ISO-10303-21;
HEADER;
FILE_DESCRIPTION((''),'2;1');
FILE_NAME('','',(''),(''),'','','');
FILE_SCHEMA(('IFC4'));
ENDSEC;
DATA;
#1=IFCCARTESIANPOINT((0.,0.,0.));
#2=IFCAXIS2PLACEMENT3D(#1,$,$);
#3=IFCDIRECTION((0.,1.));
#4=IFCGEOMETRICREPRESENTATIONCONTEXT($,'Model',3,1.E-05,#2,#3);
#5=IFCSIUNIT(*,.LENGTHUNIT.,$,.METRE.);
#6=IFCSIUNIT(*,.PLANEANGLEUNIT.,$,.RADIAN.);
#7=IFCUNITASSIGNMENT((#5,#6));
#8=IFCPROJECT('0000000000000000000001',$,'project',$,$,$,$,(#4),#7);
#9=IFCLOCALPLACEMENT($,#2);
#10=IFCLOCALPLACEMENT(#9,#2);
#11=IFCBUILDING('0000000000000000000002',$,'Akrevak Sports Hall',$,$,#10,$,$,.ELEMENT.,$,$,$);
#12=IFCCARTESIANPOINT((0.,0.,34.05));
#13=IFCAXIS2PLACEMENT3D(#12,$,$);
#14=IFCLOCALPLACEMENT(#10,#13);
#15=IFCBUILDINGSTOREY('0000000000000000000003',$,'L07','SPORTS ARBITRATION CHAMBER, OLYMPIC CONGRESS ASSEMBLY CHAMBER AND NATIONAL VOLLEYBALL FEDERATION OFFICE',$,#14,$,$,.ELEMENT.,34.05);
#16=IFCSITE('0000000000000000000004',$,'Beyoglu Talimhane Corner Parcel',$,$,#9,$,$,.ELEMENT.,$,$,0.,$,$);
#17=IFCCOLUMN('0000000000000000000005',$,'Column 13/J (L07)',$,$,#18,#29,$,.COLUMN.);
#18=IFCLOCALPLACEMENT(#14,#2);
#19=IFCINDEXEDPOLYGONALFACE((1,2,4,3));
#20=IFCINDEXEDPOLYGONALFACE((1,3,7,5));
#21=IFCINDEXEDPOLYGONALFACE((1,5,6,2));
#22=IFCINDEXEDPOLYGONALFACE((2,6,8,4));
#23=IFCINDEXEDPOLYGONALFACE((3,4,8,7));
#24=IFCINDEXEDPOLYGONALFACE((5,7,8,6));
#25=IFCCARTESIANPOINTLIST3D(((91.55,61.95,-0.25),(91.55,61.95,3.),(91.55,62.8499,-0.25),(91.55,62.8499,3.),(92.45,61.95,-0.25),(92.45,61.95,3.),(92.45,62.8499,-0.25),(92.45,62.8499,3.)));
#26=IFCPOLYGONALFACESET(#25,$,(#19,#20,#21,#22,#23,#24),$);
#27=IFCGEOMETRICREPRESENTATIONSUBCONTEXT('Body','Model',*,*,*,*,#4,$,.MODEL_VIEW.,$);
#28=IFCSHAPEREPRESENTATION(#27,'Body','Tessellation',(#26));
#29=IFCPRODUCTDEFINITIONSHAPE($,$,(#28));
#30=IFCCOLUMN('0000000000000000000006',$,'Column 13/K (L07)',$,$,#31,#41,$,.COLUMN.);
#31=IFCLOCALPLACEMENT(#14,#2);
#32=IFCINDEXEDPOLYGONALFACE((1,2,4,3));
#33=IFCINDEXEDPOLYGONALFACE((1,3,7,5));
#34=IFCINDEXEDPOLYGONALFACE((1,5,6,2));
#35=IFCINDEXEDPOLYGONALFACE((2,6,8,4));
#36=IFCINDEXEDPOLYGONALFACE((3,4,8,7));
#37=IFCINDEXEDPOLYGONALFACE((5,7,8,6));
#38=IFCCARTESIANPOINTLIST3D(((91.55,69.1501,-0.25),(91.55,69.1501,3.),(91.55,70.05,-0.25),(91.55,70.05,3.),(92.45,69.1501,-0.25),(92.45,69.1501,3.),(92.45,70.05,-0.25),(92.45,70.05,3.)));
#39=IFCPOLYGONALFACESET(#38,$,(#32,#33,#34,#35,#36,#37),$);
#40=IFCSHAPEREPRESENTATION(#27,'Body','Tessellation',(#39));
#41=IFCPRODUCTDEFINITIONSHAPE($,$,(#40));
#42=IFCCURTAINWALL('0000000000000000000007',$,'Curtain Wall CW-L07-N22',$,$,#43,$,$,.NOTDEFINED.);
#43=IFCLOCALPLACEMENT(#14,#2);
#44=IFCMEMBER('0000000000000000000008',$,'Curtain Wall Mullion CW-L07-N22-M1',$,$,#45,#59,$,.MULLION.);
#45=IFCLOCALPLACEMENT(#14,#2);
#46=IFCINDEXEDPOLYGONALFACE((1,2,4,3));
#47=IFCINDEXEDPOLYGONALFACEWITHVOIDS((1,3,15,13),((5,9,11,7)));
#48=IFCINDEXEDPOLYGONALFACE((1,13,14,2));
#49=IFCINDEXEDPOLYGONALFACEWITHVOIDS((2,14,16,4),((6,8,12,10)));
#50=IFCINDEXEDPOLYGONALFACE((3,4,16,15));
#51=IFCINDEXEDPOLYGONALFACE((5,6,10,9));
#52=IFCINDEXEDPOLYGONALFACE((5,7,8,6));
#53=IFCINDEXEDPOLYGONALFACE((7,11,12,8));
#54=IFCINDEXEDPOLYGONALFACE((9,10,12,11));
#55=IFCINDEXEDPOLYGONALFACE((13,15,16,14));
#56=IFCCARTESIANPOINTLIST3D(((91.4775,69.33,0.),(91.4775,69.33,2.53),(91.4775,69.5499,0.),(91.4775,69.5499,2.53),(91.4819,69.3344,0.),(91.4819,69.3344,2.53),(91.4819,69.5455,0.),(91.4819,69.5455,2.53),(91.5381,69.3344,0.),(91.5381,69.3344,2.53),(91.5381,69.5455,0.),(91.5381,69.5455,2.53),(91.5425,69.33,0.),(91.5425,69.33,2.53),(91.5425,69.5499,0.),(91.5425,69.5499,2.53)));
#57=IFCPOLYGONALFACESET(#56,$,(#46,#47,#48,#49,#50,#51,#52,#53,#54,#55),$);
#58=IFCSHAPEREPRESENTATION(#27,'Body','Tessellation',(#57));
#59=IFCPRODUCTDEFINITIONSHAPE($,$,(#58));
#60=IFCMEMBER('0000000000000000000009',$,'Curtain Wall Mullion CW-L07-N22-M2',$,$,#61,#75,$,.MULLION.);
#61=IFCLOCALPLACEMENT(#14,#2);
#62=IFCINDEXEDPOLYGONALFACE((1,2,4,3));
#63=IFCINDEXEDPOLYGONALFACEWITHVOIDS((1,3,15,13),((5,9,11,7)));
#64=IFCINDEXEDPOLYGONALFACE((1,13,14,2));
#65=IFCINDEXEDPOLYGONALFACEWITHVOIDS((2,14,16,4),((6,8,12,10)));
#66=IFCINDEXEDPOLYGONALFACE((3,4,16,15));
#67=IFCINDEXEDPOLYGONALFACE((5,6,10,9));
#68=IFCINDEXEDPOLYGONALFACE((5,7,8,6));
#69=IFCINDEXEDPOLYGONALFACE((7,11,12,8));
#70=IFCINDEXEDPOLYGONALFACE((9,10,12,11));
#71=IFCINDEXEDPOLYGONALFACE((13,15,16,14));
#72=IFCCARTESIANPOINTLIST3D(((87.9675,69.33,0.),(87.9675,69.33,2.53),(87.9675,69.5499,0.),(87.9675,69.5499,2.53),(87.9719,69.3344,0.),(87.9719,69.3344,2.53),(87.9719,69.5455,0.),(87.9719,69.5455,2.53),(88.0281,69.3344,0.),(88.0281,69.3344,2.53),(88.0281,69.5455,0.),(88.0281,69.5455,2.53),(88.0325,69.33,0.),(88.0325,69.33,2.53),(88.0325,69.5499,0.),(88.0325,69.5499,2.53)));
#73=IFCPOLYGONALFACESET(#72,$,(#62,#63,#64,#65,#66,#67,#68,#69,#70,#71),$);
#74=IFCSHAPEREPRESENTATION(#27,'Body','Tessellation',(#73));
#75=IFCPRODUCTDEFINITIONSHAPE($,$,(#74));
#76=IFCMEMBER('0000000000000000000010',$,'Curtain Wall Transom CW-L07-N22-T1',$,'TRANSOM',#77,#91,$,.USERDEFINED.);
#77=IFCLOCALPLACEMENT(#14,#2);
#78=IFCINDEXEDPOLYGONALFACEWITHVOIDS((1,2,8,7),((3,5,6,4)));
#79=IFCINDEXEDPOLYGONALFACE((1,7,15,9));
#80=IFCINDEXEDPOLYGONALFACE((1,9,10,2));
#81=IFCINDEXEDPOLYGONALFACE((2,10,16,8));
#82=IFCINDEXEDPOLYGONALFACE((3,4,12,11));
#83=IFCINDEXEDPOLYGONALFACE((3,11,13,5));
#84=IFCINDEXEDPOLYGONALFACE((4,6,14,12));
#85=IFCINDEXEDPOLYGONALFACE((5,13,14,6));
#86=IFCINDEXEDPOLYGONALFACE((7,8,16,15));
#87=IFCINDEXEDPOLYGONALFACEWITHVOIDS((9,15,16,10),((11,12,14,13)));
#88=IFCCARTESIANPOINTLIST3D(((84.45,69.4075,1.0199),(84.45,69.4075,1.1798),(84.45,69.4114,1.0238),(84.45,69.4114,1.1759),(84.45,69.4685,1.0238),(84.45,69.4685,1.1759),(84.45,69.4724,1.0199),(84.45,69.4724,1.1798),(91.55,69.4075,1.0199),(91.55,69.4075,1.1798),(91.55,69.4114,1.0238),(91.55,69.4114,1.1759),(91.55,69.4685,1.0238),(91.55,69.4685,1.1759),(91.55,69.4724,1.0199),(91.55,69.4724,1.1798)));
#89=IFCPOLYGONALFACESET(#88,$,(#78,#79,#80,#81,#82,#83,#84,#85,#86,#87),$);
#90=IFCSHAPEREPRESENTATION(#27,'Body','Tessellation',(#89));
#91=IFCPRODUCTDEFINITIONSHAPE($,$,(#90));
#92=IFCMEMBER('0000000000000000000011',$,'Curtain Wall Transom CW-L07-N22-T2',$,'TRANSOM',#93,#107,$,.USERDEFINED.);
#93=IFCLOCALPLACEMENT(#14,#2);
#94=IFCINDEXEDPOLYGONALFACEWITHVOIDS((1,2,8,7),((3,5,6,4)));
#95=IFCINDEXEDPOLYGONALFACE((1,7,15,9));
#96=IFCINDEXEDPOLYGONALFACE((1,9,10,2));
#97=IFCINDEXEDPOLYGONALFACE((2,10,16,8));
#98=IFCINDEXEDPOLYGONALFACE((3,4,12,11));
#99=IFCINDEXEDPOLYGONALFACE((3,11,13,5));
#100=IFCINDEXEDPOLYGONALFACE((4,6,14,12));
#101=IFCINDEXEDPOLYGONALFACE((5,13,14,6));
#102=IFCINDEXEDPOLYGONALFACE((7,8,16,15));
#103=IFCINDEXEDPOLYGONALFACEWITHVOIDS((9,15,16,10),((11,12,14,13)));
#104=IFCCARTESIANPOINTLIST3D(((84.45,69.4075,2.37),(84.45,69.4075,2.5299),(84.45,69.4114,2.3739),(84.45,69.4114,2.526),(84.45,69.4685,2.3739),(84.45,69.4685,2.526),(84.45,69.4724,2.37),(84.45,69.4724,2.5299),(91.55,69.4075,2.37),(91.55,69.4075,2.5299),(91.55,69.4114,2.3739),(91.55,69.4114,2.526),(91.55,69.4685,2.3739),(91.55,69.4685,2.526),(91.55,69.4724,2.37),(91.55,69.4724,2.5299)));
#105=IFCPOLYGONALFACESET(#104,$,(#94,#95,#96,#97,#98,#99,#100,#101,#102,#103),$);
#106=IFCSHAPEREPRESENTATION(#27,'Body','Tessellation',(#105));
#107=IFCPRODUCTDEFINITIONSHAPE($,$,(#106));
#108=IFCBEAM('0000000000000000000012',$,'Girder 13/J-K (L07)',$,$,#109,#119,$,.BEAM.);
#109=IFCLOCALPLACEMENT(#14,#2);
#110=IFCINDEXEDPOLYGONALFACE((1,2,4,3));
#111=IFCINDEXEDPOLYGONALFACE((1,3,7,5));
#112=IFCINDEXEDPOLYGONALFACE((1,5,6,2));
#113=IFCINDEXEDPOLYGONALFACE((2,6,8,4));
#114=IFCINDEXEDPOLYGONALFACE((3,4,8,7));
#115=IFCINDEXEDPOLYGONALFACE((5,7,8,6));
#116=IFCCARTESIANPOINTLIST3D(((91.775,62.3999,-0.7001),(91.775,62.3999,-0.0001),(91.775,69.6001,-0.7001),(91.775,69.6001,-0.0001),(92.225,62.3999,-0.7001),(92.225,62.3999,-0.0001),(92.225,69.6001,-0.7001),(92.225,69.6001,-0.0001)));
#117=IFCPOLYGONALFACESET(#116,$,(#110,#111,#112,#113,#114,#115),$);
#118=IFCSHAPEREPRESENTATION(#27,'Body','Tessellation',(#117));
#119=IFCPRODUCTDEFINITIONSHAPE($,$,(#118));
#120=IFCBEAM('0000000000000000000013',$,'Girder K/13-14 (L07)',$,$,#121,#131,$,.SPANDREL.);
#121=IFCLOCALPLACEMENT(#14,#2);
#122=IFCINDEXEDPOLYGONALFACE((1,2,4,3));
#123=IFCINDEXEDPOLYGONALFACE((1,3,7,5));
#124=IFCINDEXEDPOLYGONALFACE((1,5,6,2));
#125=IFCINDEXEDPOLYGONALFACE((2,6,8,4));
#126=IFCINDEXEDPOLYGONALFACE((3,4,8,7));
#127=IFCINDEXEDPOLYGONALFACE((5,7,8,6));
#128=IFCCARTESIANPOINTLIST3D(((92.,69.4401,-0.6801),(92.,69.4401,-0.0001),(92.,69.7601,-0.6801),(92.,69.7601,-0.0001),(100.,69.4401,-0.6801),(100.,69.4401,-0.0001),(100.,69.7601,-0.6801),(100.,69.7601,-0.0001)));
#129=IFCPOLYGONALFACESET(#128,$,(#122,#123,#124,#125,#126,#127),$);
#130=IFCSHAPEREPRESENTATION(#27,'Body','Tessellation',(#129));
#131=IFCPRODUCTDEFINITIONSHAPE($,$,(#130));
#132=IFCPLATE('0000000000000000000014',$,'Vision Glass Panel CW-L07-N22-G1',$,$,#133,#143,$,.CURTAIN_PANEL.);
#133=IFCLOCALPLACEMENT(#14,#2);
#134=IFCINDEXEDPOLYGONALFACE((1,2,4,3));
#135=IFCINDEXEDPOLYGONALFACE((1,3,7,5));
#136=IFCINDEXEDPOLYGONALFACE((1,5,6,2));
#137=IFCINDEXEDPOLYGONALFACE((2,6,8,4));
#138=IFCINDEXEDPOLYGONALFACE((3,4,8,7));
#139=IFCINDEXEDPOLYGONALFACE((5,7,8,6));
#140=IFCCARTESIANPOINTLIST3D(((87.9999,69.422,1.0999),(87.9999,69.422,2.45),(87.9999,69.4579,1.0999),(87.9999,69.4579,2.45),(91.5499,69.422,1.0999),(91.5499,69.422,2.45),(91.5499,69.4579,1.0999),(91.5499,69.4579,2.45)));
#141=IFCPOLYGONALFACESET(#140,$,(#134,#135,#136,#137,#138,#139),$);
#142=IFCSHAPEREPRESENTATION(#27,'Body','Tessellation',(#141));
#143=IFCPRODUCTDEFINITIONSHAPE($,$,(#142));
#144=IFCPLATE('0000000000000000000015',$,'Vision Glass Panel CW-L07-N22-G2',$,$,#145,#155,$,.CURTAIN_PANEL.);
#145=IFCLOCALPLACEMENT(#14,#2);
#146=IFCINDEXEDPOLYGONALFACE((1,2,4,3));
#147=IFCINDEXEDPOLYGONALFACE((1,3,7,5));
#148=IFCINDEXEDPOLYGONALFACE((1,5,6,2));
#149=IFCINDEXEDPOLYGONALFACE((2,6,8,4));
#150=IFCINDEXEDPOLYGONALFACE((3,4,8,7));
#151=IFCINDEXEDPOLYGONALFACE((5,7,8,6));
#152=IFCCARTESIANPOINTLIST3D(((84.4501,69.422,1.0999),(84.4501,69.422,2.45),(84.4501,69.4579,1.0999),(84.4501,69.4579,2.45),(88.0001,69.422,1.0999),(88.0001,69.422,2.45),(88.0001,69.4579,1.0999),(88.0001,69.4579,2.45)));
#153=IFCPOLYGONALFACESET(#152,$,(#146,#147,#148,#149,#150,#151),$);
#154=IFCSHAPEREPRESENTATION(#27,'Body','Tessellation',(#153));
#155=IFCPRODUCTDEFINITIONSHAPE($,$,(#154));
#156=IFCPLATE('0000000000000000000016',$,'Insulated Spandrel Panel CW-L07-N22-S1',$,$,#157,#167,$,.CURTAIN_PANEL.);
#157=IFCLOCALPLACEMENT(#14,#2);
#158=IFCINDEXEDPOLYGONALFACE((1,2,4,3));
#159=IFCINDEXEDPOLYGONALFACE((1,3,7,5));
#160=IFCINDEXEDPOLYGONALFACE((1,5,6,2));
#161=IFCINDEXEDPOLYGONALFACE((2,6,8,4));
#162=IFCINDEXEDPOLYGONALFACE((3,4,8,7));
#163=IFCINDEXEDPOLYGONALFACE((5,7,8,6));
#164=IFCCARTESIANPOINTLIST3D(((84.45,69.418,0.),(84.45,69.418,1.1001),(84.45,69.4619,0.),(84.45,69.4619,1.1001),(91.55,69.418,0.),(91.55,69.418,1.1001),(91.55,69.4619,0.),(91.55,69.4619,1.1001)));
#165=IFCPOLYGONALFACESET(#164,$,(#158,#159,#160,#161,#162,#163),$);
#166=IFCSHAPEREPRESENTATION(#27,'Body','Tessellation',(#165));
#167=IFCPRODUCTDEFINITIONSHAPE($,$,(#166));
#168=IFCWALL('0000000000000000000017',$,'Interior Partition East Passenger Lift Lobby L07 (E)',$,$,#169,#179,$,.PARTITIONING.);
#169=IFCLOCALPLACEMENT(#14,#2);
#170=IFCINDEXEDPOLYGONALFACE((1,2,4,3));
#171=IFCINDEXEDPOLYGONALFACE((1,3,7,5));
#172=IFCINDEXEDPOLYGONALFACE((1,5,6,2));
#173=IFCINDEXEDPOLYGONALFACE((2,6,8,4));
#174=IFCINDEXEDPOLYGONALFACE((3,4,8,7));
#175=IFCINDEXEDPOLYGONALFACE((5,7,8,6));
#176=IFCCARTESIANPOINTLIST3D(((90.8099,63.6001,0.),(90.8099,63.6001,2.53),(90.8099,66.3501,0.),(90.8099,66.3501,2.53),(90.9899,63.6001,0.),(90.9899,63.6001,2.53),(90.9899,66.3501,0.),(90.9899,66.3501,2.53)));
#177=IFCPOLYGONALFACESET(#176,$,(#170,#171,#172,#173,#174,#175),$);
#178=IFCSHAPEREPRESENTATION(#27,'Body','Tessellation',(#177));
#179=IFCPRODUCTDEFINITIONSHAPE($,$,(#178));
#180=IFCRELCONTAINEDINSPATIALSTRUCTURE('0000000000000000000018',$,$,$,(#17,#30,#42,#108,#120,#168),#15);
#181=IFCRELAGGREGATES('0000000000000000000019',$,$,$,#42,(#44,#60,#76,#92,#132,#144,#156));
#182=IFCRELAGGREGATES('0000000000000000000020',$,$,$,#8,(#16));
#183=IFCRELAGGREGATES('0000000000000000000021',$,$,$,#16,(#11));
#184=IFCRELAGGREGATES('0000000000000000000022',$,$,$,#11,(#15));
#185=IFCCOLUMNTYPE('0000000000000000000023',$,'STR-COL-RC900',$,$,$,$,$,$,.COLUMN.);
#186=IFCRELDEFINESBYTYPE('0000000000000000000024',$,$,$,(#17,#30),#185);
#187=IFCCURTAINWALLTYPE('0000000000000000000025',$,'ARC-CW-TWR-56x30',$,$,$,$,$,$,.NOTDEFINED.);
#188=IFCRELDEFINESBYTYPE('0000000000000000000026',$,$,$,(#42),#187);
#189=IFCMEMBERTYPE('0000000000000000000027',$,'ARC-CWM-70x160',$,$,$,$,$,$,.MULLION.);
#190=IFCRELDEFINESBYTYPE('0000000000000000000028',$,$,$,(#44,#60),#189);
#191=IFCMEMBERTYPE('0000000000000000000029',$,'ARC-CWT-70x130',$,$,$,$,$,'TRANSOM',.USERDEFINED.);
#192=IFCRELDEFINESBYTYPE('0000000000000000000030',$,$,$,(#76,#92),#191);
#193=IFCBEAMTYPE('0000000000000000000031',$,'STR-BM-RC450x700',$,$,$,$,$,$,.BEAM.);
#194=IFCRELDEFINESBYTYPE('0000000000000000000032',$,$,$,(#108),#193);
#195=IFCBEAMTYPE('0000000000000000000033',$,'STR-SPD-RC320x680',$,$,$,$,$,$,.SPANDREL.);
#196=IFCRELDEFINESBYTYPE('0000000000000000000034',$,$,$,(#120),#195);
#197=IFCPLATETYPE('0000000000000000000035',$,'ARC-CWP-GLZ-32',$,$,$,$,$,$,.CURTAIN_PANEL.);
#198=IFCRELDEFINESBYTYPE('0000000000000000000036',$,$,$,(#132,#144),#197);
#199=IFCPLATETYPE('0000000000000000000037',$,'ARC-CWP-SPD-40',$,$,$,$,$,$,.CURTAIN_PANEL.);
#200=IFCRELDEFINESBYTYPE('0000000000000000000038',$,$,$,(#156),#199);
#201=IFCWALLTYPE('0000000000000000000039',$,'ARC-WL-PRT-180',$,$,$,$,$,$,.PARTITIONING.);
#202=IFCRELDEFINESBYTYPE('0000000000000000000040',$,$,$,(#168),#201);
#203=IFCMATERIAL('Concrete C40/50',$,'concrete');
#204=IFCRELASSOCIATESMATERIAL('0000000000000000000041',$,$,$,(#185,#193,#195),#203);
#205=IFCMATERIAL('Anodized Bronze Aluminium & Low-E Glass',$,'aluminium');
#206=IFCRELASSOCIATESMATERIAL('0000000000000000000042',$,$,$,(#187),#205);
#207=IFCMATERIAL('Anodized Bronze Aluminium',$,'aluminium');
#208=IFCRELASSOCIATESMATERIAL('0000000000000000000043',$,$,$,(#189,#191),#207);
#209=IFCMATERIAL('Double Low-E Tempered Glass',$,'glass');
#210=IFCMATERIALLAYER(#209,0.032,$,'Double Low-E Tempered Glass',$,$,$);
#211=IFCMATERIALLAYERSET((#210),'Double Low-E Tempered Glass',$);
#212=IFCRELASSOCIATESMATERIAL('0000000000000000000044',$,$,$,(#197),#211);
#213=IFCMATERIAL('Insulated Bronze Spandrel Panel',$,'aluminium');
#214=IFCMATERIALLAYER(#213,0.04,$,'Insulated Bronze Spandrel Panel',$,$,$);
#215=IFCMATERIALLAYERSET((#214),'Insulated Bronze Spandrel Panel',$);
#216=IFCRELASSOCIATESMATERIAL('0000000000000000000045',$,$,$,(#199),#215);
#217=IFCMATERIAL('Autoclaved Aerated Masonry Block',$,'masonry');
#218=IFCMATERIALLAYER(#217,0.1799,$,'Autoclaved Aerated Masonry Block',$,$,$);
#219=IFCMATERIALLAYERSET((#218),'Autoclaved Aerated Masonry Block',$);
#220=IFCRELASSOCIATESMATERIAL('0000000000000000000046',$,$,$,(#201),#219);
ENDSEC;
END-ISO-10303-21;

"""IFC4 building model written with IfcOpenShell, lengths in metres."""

from ifc_helpers import new_model, si_unit, direction, frame, frame_2d, origin, origin_2d, place, context, subcontext, project, spatial, rectangle, hollow_rectangle, extrude, material, layer, layer_set, material_profile, profile_set, type_object, element, aggregate, save


model = new_model("IFC4")

# Units and contexts
model_context = context("Model", 3, precision=1e-05, world=origin(), true_north=direction((0.0, 1.0)))
body_context = subcontext(model_context, "Body", "Model", "MODEL_VIEW")
ifc_project = project(units=[si_unit("LENGTHUNIT", "METRE"), si_unit("PLANEANGLEUNIT", "RADIAN")], contexts=[model_context])

# Site, building, storey
site_placement = place(None, origin())
site = spatial("IfcSite", under=ifc_project, at=site_placement, Name="Beyoglu Talimhane Corner Parcel", CompositionType="ELEMENT", RefElevation=0.0)
building_placement = place(site_placement, origin())
building = spatial("IfcBuilding", under=site, at=building_placement, Name="Akrevak Sports Hall", CompositionType="ELEMENT")
storey_placement = place(building_placement, frame((0.0, 0.0, 34.05)))
storey = spatial("IfcBuildingStorey", under=building, at=storey_placement, Name="L07", Description="SPORTS ARBITRATION CHAMBER, OLYMPIC CONGRESS ASSEMBLY CHAMBER AND NATIONAL VOLLEYBALL FEDERATION OFFICE", CompositionType="ELEMENT", Elevation=34.05)

# Columns
ifc_material_1 = material(Name="Concrete C40/50", Category="concrete")
ifc_material_profile_1 = material_profile(ifc_material_1, rectangle(XDim=0.8999, YDim=0.8999, at=origin_2d()), Name="RC 900x900", Category="concrete")
ifc_profile_set_1 = profile_set([ifc_material_profile_1], Name="Concrete C40/50")
column_type = type_object("IfcColumnType", Name="STR-COL-RC900", PredefinedType="COLUMN", material=ifc_profile_set_1)
for number, where, z_axis, x_axis, name in (
    (1, (92.0, 62.3999, -0.25), (0.0, 0.0, 1.0), (1.0, 0.0, 0.0), "Column 13/J (L07)"),
    (2, (92.0, 69.6001, -0.25), (0.0, 0.0, 1.0), (1.0, 0.0, 0.0), "Column 13/K (L07)"),
):
    element("IfcColumn", number, at=place(storey_placement, frame(where, z_axis=z_axis, x_axis=x_axis)), inside=storey, type_object=column_type, Name=name, PredefinedType="COLUMN", context=body_context, shape_type="SweptSolid", body=[
        extrude(rectangle(XDim=0.8999, YDim=0.8999, at=origin_2d()), origin(), (0.0, 0.0, 1.0), 3.25),
    ])

# Curtain wall, members
ifc_material_2 = material(Name="Anodized Bronze Aluminium & Low-E Glass", Category="aluminium")
curtain_wall_type = type_object("IfcCurtainWallType", Name="ARC-CW-TWR-56x30", PredefinedType="NOTDEFINED", material=ifc_material_2)
curtain_wall_placement = place(storey_placement, origin())
curtain_wall = element("IfcCurtainWall", 3, at=curtain_wall_placement, inside=storey, type_object=curtain_wall_type, Name="Curtain Wall CW-L07-N22", PredefinedType="NOTDEFINED")
ifc_material_3 = material(Name="Anodized Bronze Aluminium", Category="aluminium")
ifc_material_profile_2 = material_profile(ifc_material_3, hollow_rectangle(XDim=0.0649, YDim=0.22, WallThickness=0.0044, at=origin_2d()), Name="CWM 65x220", Category="aluminium")
ifc_profile_set_2 = profile_set([ifc_material_profile_2], Name="Anodized Bronze Aluminium")
member_type_1 = type_object("IfcMemberType", Name="ARC-CWM-70x160", PredefinedType="MULLION", material=ifc_profile_set_2)
member_1_placement = place(storey_placement, frame((91.51, 69.4399, 0.0), z_axis=(0.0, 0.0, 1.0), x_axis=(-1.0, 0.0, 0.0)))
member_1 = element("IfcMember", 4, at=member_1_placement, type_object=member_type_1, Name="Curtain Wall Mullion CW-L07-N22-M1", PredefinedType="MULLION", context=body_context, shape_type="SweptSolid", body=[
    extrude(hollow_rectangle(XDim=0.0649, YDim=0.22, WallThickness=0.0044, at=origin_2d()), origin(), (0.0, 0.0, 1.0), 2.53),
])
member_2_placement = place(storey_placement, frame((88.0, 69.4399, 0.0), z_axis=(0.0, 0.0, 1.0), x_axis=(-1.0, 0.0, 0.0)))
member_2 = element("IfcMember", 5, at=member_2_placement, type_object=member_type_1, Name="Curtain Wall Mullion CW-L07-N22-M2", PredefinedType="MULLION", context=body_context, shape_type="SweptSolid", body=[
    extrude(hollow_rectangle(XDim=0.0649, YDim=0.22, WallThickness=0.0044, at=origin_2d()), origin(), (0.0, 0.0, 1.0), 2.53),
])
ifc_material_profile_3 = material_profile(ifc_material_3, hollow_rectangle(XDim=0.0649, YDim=0.1599, WallThickness=0.0039, at=origin_2d()), Name="CWT 65x160", Category="aluminium")
ifc_profile_set_3 = profile_set([ifc_material_profile_3], Name="Anodized Bronze Aluminium")
member_type_2 = type_object("IfcMemberType", Name="ARC-CWT-70x130", ElementType="TRANSOM", PredefinedType="USERDEFINED", material=ifc_profile_set_3)
member_3_placement = place(storey_placement, frame((91.55, 69.4399, 1.0999), z_axis=(-1.0, 0.0, 0.0), x_axis=(0.0, -1.0, 0.0)))
member_3 = element("IfcMember", 6, at=member_3_placement, type_object=member_type_2, Name="Curtain Wall Transom CW-L07-N22-T1", ObjectType="TRANSOM", PredefinedType="USERDEFINED", context=body_context, shape_type="SweptSolid", body=[
    extrude(hollow_rectangle(XDim=0.0649, YDim=0.1599, WallThickness=0.0039, at=origin_2d()), origin(), (0.0, 0.0, 1.0), 7.1001),
])
member_4_placement = place(storey_placement, frame((91.55, 69.4399, 2.45), z_axis=(-1.0, 0.0, 0.0), x_axis=(0.0, -1.0, 0.0)))
member_4 = element("IfcMember", 7, at=member_4_placement, type_object=member_type_2, Name="Curtain Wall Transom CW-L07-N22-T2", ObjectType="TRANSOM", PredefinedType="USERDEFINED", context=body_context, shape_type="SweptSolid", body=[
    extrude(hollow_rectangle(XDim=0.0649, YDim=0.1599, WallThickness=0.0039, at=origin_2d()), origin(), (0.0, 0.0, 1.0), 7.1001),
])

# Beams
ifc_material_profile_4 = material_profile(ifc_material_1, rectangle(XDim=0.45, YDim=0.7, at=origin_2d()), Name="BM 450x700", Category="concrete")
ifc_profile_set_4 = profile_set([ifc_material_profile_4], Name="Concrete C40/50")
beam_type_1 = type_object("IfcBeamType", Name="STR-BM-RC450x700", PredefinedType="BEAM", material=ifc_profile_set_4)
beam_1_placement = place(storey_placement, frame((92.0, 62.3999, -0.3501), z_axis=(0.0, 1.0, 0.0), x_axis=(-1.0, 0.0, 0.0)))
element("IfcBeam", 8, at=beam_1_placement, inside=storey, type_object=beam_type_1, Name="Girder 13/J-K (L07)", PredefinedType="BEAM", context=body_context, shape_type="SweptSolid", body=[
    extrude(rectangle(XDim=0.45, YDim=0.7, at=origin_2d()), origin(), (0.0, 0.0, 1.0), 7.2002),
])
ifc_material_profile_5 = material_profile(ifc_material_1, rectangle(XDim=0.3201, YDim=0.6799, at=origin_2d()), Name="SPD 320x680", Category="concrete")
ifc_profile_set_5 = profile_set([ifc_material_profile_5], Name="Concrete C40/50")
beam_type_2 = type_object("IfcBeamType", Name="STR-SPD-RC320x680", PredefinedType="SPANDREL", material=ifc_profile_set_5)
beam_2_placement = place(storey_placement, frame((92.0, 69.6001, -0.3401), z_axis=(1.0, 0.0, 0.0), x_axis=(0.0, 1.0, 0.0)))
element("IfcBeam", 9, at=beam_2_placement, inside=storey, type_object=beam_type_2, Name="Girder K/13-14 (L07)", PredefinedType="SPANDREL", context=body_context, shape_type="SweptSolid", body=[
    extrude(rectangle(XDim=0.3201, YDim=0.6799, at=origin_2d()), origin(), (0.0, 0.0, 1.0), 8.0),
])

# Plates
ifc_material_4 = material(Name="Double Low-E Tempered Glass", Category="glass")
ifc_layer_1 = layer(ifc_material_4, 0.032, Name="Double Low-E Tempered Glass")
ifc_layer_set_1 = layer_set([ifc_layer_1], Name="Double Low-E Tempered Glass")
plate_type_1 = type_object("IfcPlateType", Name="ARC-CWP-GLZ-32", PredefinedType="CURTAIN_PANEL", material=ifc_layer_set_1)
plate_1_placement = place(storey_placement, frame((89.7749, 69.4399, 1.0999), z_axis=(0.0, 0.0, 1.0), x_axis=(-1.0, 0.0, 0.0)))
plate_1 = element("IfcPlate", 10, at=plate_1_placement, type_object=plate_type_1, Name="Vision Glass Panel CW-L07-N22-G1", PredefinedType="CURTAIN_PANEL", context=body_context, shape_type="SweptSolid", body=[
    extrude(rectangle(XDim=3.55, YDim=0.0359, at=origin_2d()), origin(), (0.0, 0.0, 1.0), 1.3501),
])
plate_2_placement = place(storey_placement, frame((86.2251, 69.4399, 1.0999), z_axis=(0.0, 0.0, 1.0), x_axis=(-1.0, 0.0, 0.0)))
plate_2 = element("IfcPlate", 11, at=plate_2_placement, type_object=plate_type_1, Name="Vision Glass Panel CW-L07-N22-G2", PredefinedType="CURTAIN_PANEL", context=body_context, shape_type="SweptSolid", body=[
    extrude(rectangle(XDim=3.55, YDim=0.0359, at=origin_2d()), origin(), (0.0, 0.0, 1.0), 1.3501),
])
ifc_material_5 = material(Name="Insulated Bronze Spandrel Panel", Category="aluminium")
ifc_layer_2 = layer(ifc_material_5, 0.04, Name="Insulated Bronze Spandrel Panel")
ifc_layer_set_2 = layer_set([ifc_layer_2], Name="Insulated Bronze Spandrel Panel")
plate_type_2 = type_object("IfcPlateType", Name="ARC-CWP-SPD-40", PredefinedType="CURTAIN_PANEL", material=ifc_layer_set_2)
plate_3_placement = place(storey_placement, frame((88.0, 69.4399, 0.0), z_axis=(0.0, 0.0, 1.0), x_axis=(-1.0, 0.0, 0.0)))
plate_3 = element("IfcPlate", 12, at=plate_3_placement, type_object=plate_type_2, Name="Insulated Spandrel Panel CW-L07-N22-S1", PredefinedType="CURTAIN_PANEL", context=body_context, shape_type="SweptSolid", body=[
    extrude(rectangle(XDim=7.1001, YDim=0.0439, at=origin_2d()), origin(), (0.0, 0.0, 1.0), 1.1001),
])
aggregate(curtain_wall, [member_1, member_2, member_3, member_4, plate_1, plate_2, plate_3])

# Wall
ifc_material_6 = material(Name="Autoclaved Aerated Masonry Block", Category="masonry")
ifc_layer_3 = layer(ifc_material_6, 0.1799, Name="Autoclaved Aerated Masonry Block")
ifc_layer_set_3 = layer_set([ifc_layer_3], Name="Autoclaved Aerated Masonry Block")
wall_type_1 = type_object("IfcWallType", Name="ARC-WL-PRT-180", PredefinedType="PARTITIONING", material=ifc_layer_set_3)
wall_1_placement = place(storey_placement, frame((90.8999, 63.6001, 0.0), z_axis=(0.0, 0.0, 1.0), x_axis=(0.0, 1.0, 0.0)))
element("IfcWall", 13, at=wall_1_placement, inside=storey, type_object=wall_type_1, Name="Interior Partition East Passenger Lift Lobby L07 (E)", PredefinedType="PARTITIONING", context=body_context, shape_type="SweptSolid", body=[
    extrude(rectangle(XDim=2.75, YDim=0.1799, at=frame_2d((1.375, 0.0))), origin(), (0.0, 0.0, 1.0), 2.53),
])

save(model, "model.ifc")
